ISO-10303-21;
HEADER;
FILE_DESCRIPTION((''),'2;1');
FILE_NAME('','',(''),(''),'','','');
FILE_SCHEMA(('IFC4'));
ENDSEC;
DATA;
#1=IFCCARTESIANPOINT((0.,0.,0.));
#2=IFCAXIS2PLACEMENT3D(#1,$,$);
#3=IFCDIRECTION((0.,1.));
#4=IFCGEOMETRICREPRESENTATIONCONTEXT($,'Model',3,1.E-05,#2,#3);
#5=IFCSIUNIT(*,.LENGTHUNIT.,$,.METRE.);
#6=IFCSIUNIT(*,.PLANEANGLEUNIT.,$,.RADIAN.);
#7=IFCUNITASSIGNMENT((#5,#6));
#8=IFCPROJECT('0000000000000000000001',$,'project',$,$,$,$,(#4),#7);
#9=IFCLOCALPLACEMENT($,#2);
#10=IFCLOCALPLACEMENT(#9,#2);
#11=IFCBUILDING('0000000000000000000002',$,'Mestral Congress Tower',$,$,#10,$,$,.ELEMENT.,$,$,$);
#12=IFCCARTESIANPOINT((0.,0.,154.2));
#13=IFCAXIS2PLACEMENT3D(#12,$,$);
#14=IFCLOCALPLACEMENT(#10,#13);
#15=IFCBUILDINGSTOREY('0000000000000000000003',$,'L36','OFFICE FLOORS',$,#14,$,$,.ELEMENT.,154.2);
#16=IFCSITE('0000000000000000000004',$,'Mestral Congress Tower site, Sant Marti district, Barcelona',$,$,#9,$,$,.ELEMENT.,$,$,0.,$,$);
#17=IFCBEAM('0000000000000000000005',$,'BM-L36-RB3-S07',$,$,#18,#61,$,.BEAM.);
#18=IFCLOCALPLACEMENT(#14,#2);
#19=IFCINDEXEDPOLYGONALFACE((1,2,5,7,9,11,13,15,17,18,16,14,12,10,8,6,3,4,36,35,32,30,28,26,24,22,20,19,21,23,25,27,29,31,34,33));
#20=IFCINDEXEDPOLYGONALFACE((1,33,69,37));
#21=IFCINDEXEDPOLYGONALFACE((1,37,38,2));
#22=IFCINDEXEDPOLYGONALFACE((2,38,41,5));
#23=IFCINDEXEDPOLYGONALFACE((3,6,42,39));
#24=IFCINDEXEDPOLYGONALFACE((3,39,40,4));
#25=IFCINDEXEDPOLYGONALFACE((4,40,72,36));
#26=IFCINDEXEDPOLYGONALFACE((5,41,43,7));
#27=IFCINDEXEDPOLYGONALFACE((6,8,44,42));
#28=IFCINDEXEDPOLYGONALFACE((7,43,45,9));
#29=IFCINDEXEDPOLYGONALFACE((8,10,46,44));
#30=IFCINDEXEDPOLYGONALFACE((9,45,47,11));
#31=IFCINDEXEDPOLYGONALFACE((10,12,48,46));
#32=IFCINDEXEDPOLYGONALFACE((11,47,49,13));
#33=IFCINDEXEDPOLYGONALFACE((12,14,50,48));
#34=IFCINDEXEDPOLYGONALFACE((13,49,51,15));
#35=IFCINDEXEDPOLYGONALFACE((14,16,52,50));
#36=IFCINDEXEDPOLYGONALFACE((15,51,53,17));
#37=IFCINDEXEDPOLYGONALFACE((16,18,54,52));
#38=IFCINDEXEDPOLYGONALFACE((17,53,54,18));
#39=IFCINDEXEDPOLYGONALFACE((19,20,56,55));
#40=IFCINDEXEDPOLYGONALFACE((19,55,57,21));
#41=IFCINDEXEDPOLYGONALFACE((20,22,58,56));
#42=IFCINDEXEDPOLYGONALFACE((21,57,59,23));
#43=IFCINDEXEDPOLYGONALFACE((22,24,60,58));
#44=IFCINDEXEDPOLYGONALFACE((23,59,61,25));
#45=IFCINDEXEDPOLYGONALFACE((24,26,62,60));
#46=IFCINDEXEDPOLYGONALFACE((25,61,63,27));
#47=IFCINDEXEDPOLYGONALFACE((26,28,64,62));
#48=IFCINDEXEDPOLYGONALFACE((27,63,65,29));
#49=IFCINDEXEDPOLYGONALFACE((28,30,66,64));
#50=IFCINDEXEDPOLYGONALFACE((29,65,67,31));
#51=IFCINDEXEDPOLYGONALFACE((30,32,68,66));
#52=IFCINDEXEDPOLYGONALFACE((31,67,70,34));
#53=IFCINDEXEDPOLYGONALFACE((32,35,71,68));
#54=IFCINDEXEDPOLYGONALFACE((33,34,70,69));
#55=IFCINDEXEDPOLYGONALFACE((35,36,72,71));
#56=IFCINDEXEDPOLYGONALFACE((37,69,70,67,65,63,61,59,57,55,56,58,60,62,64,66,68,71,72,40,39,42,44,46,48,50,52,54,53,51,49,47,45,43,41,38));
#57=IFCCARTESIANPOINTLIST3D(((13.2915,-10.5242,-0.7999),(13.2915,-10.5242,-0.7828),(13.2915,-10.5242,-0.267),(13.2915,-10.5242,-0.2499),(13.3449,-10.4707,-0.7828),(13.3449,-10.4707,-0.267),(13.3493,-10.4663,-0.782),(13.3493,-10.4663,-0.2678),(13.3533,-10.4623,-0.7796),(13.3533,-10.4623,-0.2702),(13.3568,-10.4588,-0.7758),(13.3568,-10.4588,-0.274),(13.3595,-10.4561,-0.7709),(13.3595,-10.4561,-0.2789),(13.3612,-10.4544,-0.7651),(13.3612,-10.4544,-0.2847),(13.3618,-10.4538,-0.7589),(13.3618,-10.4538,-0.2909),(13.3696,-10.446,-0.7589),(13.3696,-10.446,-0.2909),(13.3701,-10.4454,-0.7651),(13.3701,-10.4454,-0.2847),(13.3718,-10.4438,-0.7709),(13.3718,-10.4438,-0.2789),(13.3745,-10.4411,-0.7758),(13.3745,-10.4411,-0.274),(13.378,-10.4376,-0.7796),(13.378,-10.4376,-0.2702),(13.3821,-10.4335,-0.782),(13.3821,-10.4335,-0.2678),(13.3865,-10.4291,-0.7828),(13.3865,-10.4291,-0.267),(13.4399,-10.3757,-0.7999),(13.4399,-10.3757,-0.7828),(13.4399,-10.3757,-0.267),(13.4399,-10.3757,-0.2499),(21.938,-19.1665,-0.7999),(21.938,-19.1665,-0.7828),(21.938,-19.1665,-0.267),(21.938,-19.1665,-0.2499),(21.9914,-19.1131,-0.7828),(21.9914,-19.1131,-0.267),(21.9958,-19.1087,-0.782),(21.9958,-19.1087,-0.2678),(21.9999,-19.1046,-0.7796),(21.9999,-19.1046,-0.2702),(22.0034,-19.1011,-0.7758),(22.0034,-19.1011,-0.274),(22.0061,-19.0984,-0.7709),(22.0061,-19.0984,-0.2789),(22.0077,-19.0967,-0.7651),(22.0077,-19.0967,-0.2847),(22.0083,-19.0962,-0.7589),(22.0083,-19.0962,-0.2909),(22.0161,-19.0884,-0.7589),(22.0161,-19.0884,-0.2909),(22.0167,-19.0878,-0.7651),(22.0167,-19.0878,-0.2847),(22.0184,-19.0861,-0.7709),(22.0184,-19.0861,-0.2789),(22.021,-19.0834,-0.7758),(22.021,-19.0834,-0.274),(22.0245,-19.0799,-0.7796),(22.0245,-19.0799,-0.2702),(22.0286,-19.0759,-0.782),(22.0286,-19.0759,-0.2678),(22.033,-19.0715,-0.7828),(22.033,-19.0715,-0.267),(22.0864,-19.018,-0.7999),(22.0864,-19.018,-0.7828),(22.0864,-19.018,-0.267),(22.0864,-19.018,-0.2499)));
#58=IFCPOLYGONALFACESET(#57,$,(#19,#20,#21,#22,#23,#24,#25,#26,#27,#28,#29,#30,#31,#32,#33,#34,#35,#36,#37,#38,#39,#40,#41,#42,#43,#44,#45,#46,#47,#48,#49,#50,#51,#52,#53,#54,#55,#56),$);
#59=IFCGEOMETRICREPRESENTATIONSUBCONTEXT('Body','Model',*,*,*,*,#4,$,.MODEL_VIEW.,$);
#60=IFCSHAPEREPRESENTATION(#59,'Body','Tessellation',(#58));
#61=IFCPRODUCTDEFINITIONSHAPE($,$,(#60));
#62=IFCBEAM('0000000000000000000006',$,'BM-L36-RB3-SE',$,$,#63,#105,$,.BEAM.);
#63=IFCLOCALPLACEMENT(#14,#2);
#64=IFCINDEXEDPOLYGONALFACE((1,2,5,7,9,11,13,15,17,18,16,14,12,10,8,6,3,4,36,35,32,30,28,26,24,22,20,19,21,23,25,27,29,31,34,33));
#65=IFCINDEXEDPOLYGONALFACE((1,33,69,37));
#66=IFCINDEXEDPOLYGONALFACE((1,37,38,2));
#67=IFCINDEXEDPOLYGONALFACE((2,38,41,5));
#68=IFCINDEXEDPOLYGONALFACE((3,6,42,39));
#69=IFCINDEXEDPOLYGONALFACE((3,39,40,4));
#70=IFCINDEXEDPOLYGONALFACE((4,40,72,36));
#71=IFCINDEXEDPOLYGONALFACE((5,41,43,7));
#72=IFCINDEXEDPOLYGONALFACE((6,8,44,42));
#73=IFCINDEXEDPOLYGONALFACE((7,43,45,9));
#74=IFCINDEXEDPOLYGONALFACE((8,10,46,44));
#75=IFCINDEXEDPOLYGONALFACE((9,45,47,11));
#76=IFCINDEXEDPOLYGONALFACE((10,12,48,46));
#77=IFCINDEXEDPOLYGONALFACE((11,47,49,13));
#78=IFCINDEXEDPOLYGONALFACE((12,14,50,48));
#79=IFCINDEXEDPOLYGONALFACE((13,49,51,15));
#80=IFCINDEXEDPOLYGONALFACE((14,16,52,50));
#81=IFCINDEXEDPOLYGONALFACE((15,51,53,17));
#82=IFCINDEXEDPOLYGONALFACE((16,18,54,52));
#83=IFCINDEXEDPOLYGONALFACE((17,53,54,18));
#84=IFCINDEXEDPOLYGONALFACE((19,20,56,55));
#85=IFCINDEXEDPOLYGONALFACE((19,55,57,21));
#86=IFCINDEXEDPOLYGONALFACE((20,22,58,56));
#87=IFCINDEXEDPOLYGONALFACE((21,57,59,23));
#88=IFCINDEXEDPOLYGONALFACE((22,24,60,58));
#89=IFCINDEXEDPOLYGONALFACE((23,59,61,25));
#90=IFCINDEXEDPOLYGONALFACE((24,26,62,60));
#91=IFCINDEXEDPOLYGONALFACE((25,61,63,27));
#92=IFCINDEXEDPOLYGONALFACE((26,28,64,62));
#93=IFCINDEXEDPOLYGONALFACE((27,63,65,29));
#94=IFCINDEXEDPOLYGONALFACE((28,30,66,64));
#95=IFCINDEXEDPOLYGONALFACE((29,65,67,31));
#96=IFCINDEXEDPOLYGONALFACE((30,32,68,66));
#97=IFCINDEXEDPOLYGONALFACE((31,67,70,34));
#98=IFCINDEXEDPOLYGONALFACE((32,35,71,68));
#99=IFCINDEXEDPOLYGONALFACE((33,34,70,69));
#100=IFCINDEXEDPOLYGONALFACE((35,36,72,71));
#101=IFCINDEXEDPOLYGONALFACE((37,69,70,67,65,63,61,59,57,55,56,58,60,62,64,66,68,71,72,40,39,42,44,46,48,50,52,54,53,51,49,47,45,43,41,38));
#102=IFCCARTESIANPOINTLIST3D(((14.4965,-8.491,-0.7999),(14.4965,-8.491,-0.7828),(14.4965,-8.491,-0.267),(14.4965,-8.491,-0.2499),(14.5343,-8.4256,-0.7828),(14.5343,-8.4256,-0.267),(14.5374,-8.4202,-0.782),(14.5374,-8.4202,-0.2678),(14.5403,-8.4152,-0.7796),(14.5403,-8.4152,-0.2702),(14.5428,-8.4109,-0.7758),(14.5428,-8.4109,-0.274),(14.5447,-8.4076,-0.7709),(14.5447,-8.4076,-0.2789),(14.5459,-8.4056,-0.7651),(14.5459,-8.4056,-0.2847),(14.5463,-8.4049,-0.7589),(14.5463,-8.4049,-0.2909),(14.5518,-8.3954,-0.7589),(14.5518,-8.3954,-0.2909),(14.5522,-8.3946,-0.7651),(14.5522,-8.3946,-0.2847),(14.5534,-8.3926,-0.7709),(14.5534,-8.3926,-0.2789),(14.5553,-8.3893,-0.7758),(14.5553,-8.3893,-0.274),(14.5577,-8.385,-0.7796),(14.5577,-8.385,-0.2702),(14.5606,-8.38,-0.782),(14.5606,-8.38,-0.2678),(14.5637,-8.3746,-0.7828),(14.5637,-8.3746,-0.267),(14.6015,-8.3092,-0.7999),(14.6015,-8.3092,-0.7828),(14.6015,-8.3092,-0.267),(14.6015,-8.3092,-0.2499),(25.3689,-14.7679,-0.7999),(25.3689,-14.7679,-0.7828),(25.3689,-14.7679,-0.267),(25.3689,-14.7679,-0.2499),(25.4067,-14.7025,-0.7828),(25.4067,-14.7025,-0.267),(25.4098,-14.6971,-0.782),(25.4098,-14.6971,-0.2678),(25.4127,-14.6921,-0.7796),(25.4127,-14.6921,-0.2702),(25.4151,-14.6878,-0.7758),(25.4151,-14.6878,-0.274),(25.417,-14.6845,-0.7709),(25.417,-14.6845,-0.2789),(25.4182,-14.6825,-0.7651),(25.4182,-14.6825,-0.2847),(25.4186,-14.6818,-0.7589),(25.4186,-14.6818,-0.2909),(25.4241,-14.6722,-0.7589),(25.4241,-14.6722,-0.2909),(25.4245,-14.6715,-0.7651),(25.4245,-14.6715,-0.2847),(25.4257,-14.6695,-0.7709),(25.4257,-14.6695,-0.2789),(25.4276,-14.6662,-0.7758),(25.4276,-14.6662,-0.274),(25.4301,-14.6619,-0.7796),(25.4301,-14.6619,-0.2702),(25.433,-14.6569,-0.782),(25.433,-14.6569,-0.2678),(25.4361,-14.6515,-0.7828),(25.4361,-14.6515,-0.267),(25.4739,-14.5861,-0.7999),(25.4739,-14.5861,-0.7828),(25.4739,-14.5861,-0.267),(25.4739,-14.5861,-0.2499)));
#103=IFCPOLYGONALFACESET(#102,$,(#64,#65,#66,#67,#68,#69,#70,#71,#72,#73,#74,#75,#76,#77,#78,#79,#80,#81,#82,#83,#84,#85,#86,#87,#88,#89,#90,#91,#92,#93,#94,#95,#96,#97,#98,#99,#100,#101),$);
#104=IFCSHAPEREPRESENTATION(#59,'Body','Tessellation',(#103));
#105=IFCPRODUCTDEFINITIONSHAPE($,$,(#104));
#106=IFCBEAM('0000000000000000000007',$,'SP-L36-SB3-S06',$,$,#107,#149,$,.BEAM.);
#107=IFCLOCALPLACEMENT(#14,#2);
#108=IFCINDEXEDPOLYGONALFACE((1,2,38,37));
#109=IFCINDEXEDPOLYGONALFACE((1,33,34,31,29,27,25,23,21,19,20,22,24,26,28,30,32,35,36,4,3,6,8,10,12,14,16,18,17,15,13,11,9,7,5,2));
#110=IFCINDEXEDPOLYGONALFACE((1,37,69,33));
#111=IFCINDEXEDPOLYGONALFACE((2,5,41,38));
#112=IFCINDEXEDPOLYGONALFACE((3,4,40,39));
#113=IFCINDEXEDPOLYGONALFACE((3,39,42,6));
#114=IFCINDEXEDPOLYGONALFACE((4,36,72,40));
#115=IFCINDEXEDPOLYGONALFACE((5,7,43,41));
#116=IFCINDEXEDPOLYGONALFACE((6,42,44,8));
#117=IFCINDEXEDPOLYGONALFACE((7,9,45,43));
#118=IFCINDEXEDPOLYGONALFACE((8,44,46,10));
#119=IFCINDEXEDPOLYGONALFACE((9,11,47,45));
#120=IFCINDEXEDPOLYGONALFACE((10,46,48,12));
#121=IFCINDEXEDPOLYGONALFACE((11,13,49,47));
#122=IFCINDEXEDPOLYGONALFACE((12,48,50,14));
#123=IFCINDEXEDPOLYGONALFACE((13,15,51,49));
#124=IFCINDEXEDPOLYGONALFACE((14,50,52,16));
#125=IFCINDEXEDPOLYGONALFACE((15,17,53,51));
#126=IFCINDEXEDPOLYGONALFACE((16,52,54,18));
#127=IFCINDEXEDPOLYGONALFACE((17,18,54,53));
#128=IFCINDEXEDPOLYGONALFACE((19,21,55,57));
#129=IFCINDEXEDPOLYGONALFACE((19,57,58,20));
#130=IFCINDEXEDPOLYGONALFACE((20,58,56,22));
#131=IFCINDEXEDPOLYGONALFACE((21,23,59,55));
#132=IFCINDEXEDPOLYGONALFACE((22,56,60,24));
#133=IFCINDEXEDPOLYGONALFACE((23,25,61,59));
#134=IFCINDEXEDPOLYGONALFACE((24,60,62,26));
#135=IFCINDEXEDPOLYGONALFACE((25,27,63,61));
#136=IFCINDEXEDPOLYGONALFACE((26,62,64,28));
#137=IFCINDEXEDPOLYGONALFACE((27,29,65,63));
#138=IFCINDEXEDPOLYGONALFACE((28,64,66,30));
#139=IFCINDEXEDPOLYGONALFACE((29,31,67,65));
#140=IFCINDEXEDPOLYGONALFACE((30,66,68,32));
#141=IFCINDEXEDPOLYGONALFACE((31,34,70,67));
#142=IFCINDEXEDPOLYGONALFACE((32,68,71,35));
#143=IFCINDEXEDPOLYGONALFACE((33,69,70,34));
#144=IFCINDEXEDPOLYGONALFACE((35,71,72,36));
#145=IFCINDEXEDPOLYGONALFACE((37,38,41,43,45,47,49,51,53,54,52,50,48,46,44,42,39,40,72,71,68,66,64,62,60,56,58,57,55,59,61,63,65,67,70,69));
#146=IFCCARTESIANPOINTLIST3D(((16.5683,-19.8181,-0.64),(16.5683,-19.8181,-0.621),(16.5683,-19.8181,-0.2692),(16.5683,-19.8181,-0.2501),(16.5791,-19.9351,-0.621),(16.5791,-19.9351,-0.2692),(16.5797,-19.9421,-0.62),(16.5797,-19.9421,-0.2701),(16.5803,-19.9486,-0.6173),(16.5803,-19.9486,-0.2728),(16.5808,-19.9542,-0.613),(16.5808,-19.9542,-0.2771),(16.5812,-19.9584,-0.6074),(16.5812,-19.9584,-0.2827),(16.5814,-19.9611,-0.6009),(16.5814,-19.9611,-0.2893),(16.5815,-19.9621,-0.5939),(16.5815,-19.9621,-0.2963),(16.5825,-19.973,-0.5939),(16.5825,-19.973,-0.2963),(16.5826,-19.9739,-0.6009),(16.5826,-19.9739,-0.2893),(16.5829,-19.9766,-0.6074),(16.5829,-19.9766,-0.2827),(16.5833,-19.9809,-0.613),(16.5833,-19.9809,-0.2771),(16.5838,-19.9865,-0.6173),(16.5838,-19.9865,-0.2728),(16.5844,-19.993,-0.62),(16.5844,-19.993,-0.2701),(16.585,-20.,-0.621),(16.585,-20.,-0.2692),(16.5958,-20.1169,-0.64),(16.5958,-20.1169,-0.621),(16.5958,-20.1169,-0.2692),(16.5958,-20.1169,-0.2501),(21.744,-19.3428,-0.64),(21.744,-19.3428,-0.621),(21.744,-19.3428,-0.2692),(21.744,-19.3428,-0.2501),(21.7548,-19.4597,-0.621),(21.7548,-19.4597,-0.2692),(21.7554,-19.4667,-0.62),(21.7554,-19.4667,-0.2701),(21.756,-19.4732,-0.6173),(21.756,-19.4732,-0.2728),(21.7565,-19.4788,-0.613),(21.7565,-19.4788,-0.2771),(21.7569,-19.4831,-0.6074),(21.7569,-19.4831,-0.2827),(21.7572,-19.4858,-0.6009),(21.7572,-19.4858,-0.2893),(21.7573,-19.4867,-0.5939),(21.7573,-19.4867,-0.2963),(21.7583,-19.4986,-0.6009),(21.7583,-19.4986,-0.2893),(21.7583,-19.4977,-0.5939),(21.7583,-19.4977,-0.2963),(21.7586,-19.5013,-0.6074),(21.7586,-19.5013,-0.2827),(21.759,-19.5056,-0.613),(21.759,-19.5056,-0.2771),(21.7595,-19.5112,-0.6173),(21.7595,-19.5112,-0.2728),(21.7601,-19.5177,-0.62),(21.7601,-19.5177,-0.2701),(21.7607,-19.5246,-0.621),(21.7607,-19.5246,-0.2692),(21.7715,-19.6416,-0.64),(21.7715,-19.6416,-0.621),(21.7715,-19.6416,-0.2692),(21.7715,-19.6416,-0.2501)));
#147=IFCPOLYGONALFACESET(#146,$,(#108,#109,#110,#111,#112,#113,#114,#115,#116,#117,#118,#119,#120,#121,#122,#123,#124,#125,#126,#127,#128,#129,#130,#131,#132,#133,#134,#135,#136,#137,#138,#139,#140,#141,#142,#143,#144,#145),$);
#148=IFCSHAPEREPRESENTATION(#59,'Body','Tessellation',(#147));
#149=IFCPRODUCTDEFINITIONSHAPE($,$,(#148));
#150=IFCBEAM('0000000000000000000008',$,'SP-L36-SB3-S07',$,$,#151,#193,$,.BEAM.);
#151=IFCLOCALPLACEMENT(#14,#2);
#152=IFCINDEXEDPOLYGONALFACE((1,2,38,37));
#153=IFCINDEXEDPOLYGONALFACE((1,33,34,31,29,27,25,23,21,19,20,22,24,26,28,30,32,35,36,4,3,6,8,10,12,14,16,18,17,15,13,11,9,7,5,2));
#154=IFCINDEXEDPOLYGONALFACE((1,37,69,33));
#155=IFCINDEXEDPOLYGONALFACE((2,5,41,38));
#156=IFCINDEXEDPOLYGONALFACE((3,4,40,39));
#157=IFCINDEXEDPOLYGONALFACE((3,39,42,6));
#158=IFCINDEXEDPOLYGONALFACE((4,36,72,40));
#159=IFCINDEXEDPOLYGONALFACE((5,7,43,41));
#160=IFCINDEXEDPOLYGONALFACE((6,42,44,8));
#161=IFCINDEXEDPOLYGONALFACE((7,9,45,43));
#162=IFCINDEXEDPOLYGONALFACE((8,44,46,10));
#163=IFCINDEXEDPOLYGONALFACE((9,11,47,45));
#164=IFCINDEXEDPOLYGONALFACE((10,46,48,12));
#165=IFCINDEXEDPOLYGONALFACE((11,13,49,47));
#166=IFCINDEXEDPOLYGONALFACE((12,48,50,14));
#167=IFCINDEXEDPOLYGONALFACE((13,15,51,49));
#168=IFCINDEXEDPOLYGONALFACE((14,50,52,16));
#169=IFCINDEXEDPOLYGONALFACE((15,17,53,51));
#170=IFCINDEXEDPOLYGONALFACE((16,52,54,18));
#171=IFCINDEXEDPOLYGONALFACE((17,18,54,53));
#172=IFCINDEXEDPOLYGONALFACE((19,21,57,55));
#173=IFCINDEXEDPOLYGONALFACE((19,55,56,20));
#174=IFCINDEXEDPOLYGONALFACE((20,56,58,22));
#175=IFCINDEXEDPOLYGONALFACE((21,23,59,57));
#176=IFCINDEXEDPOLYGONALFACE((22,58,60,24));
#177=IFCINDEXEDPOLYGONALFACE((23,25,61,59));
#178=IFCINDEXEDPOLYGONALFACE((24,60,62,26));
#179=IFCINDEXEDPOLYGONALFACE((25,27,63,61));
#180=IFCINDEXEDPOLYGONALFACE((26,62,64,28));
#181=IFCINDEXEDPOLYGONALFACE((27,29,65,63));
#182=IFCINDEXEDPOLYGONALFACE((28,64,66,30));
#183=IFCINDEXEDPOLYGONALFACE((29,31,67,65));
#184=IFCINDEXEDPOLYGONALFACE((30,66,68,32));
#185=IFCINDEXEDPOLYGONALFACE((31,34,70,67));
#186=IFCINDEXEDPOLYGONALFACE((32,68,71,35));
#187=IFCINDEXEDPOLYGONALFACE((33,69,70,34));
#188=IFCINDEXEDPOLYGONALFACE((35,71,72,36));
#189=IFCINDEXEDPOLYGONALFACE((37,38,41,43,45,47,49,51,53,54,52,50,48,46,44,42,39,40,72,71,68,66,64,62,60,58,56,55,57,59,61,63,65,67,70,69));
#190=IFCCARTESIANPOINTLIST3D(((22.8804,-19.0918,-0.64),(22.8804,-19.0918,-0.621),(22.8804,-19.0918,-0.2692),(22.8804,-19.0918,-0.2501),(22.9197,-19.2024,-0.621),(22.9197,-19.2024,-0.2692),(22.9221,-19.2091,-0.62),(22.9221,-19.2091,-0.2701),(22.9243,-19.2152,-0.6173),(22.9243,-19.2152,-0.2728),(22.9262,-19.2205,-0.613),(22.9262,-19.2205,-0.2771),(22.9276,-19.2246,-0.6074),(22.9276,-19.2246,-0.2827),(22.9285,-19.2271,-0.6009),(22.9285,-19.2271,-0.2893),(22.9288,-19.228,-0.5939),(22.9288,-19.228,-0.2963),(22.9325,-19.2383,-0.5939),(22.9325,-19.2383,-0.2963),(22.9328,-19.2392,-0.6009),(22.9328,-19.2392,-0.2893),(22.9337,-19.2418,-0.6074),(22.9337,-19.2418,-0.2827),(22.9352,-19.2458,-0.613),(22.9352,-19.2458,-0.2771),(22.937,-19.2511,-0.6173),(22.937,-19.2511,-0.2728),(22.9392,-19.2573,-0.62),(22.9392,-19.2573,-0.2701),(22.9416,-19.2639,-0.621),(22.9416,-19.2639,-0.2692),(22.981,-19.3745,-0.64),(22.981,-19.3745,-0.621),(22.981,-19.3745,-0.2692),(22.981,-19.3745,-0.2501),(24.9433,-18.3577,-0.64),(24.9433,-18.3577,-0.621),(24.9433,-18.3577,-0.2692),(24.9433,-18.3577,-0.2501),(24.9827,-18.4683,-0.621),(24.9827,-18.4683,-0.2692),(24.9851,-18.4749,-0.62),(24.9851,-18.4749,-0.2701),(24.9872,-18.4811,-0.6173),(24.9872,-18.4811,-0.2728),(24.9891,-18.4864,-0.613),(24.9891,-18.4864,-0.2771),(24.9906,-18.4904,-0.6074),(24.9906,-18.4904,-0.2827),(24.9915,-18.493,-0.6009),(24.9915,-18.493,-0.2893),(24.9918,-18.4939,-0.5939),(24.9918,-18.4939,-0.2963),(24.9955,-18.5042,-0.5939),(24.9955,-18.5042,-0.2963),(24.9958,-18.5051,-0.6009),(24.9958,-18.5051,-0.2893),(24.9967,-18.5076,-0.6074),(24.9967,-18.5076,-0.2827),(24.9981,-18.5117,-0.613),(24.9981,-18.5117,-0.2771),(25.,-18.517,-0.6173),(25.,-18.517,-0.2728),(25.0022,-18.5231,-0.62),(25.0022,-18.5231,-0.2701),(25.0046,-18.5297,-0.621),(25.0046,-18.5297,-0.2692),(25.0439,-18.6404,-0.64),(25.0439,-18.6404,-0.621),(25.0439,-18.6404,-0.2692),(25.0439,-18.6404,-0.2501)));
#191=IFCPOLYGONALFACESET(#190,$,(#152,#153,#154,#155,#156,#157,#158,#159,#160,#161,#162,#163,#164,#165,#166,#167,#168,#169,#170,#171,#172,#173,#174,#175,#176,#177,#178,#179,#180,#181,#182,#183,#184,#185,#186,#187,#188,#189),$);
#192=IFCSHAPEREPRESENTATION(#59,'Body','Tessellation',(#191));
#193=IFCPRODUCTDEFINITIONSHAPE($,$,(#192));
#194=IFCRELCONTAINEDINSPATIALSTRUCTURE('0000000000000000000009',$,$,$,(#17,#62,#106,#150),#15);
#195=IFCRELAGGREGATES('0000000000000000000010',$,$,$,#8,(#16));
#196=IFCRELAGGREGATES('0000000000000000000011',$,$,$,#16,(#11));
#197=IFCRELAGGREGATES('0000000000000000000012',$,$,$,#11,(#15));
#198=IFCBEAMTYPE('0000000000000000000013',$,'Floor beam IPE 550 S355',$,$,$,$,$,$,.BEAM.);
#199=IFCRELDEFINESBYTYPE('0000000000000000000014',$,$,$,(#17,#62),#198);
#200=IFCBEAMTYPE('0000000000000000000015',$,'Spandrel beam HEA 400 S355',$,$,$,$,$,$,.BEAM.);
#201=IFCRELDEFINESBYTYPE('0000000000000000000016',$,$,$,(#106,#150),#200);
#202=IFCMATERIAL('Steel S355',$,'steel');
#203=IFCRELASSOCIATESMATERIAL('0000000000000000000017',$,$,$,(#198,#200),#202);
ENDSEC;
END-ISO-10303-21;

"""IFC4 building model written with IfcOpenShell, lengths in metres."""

from ifc_helpers import new_model, si_unit, direction, frame, origin, origin_2d, place, context, subcontext, project, spatial, i_section, extrude, material, material_profile, profile_set, type_object, element, save


model = new_model("IFC4")

# Units and contexts
model_context = context("Model", 3, precision=1e-05, world=origin(), true_north=direction((0.0, 1.0)))
body_context = subcontext(model_context, "Body", "Model", "MODEL_VIEW")
ifc_project = project(units=[si_unit("LENGTHUNIT", "METRE"), si_unit("PLANEANGLEUNIT", "RADIAN")], contexts=[model_context])

# Site, building, storey
site_placement = place(None, origin())
site = spatial("IfcSite", under=ifc_project, at=site_placement, Name="Mestral Congress Tower site, Sant Marti district, Barcelona", CompositionType="ELEMENT", RefElevation=0.0)
building_placement = place(site_placement, origin())
building = spatial("IfcBuilding", under=site, at=building_placement, Name="Mestral Congress Tower", CompositionType="ELEMENT")
storey_placement = place(building_placement, frame((0.0, 0.0, 154.2)))
storey = spatial("IfcBuildingStorey", under=building, at=storey_placement, Name="L36", Description="OFFICE FLOORS", CompositionType="ELEMENT", Elevation=154.2)

# Beams
ifc_material_1 = material(Name="Steel S355", Category="steel")
ifc_material_profile_1 = material_profile(ifc_material_1, i_section(OverallWidth=0.21, OverallDepth=0.55, WebThickness=0.011, FlangeThickness=0.0171, FilletRadius=0.0239, at=origin_2d()), Name="IPE 550")
ifc_profile_set_1 = profile_set([ifc_material_profile_1], Name="Steel S355")
beam_type_1 = type_object("IfcBeamType", Name="Floor beam IPE 550 S355", PredefinedType="BEAM", material=ifc_profile_set_1)
beam_1_placement = place(storey_placement, frame((22.0122, -19.0923, -0.5249), z_axis=(-0.707277, 0.706937, 0.0), x_axis=(-0.706937, -0.707277, 0.0)))
element("IfcBeam", 1, at=beam_1_placement, inside=storey, type_object=beam_type_1, Name="BM-L36-RB3-S07", PredefinedType="BEAM", context=body_context, shape_type="SweptSolid", body=[
    extrude(i_section(OverallWidth=0.21, OverallDepth=0.55, WebThickness=0.011, FlangeThickness=0.0171, FilletRadius=0.0239, at=origin_2d()), origin(), (0.0, 0.0, 1.0), 12.2251),
])
beam_2_placement = place(storey_placement, frame((25.4214, -14.677, -0.5249), z_axis=(-0.866035, 0.499983, 0.0), x_axis=(-0.499983, -0.866035, 0.0)))
element("IfcBeam", 2, at=beam_2_placement, inside=storey, type_object=beam_type_1, Name="BM-L36-RB3-SE", PredefinedType="BEAM", context=body_context, shape_type="SweptSolid", body=[
    extrude(i_section(OverallWidth=0.21, OverallDepth=0.55, WebThickness=0.011, FlangeThickness=0.0171, FilletRadius=0.0239, at=origin_2d()), origin(), (0.0, 0.0, 1.0), 12.5542),
])
ifc_material_profile_2 = material_profile(ifc_material_1, i_section(OverallWidth=0.3, OverallDepth=0.3899, WebThickness=0.011, FlangeThickness=0.019, FilletRadius=0.0271, at=origin_2d()), Name="HEA 400")
ifc_profile_set_2 = profile_set([ifc_material_profile_2], Name="Steel S355")
beam_type_2 = type_object("IfcBeamType", Name="Spandrel beam HEA 400 S355", PredefinedType="BEAM", material=ifc_profile_set_2)
beam_3_placement = place(storey_placement, frame((16.582, -19.9675, -0.4451), z_axis=(0.995809, 0.091455, 0.0), x_axis=(-0.091455, 0.995809, 0.0)))
element("IfcBeam", 3, at=beam_3_placement, inside=storey, type_object=beam_type_2, Name="SP-L36-SB3-S06", PredefinedType="BEAM", context=body_context, shape_type="SweptSolid", body=[
    extrude(i_section(OverallWidth=0.3, OverallDepth=0.3899, WebThickness=0.011, FlangeThickness=0.019, FilletRadius=0.0271, at=origin_2d()), origin(), (0.0, 0.0, 1.0), 5.1975),
])
beam_4_placement = place(storey_placement, frame((22.9307, -19.2332, -0.4451), z_axis=(0.942125, 0.335263, 0.0), x_axis=(-0.335263, 0.942125, 0.0)))
element("IfcBeam", 4, at=beam_4_placement, inside=storey, type_object=beam_type_2, Name="SP-L36-SB3-S07", PredefinedType="BEAM", context=body_context, shape_type="SweptSolid", body=[
    extrude(i_section(OverallWidth=0.3, OverallDepth=0.3899, WebThickness=0.011, FlangeThickness=0.019, FilletRadius=0.0271, at=origin_2d()), origin(), (0.0, 0.0, 1.0), 2.1897),
])

save(model, "model.ifc")
